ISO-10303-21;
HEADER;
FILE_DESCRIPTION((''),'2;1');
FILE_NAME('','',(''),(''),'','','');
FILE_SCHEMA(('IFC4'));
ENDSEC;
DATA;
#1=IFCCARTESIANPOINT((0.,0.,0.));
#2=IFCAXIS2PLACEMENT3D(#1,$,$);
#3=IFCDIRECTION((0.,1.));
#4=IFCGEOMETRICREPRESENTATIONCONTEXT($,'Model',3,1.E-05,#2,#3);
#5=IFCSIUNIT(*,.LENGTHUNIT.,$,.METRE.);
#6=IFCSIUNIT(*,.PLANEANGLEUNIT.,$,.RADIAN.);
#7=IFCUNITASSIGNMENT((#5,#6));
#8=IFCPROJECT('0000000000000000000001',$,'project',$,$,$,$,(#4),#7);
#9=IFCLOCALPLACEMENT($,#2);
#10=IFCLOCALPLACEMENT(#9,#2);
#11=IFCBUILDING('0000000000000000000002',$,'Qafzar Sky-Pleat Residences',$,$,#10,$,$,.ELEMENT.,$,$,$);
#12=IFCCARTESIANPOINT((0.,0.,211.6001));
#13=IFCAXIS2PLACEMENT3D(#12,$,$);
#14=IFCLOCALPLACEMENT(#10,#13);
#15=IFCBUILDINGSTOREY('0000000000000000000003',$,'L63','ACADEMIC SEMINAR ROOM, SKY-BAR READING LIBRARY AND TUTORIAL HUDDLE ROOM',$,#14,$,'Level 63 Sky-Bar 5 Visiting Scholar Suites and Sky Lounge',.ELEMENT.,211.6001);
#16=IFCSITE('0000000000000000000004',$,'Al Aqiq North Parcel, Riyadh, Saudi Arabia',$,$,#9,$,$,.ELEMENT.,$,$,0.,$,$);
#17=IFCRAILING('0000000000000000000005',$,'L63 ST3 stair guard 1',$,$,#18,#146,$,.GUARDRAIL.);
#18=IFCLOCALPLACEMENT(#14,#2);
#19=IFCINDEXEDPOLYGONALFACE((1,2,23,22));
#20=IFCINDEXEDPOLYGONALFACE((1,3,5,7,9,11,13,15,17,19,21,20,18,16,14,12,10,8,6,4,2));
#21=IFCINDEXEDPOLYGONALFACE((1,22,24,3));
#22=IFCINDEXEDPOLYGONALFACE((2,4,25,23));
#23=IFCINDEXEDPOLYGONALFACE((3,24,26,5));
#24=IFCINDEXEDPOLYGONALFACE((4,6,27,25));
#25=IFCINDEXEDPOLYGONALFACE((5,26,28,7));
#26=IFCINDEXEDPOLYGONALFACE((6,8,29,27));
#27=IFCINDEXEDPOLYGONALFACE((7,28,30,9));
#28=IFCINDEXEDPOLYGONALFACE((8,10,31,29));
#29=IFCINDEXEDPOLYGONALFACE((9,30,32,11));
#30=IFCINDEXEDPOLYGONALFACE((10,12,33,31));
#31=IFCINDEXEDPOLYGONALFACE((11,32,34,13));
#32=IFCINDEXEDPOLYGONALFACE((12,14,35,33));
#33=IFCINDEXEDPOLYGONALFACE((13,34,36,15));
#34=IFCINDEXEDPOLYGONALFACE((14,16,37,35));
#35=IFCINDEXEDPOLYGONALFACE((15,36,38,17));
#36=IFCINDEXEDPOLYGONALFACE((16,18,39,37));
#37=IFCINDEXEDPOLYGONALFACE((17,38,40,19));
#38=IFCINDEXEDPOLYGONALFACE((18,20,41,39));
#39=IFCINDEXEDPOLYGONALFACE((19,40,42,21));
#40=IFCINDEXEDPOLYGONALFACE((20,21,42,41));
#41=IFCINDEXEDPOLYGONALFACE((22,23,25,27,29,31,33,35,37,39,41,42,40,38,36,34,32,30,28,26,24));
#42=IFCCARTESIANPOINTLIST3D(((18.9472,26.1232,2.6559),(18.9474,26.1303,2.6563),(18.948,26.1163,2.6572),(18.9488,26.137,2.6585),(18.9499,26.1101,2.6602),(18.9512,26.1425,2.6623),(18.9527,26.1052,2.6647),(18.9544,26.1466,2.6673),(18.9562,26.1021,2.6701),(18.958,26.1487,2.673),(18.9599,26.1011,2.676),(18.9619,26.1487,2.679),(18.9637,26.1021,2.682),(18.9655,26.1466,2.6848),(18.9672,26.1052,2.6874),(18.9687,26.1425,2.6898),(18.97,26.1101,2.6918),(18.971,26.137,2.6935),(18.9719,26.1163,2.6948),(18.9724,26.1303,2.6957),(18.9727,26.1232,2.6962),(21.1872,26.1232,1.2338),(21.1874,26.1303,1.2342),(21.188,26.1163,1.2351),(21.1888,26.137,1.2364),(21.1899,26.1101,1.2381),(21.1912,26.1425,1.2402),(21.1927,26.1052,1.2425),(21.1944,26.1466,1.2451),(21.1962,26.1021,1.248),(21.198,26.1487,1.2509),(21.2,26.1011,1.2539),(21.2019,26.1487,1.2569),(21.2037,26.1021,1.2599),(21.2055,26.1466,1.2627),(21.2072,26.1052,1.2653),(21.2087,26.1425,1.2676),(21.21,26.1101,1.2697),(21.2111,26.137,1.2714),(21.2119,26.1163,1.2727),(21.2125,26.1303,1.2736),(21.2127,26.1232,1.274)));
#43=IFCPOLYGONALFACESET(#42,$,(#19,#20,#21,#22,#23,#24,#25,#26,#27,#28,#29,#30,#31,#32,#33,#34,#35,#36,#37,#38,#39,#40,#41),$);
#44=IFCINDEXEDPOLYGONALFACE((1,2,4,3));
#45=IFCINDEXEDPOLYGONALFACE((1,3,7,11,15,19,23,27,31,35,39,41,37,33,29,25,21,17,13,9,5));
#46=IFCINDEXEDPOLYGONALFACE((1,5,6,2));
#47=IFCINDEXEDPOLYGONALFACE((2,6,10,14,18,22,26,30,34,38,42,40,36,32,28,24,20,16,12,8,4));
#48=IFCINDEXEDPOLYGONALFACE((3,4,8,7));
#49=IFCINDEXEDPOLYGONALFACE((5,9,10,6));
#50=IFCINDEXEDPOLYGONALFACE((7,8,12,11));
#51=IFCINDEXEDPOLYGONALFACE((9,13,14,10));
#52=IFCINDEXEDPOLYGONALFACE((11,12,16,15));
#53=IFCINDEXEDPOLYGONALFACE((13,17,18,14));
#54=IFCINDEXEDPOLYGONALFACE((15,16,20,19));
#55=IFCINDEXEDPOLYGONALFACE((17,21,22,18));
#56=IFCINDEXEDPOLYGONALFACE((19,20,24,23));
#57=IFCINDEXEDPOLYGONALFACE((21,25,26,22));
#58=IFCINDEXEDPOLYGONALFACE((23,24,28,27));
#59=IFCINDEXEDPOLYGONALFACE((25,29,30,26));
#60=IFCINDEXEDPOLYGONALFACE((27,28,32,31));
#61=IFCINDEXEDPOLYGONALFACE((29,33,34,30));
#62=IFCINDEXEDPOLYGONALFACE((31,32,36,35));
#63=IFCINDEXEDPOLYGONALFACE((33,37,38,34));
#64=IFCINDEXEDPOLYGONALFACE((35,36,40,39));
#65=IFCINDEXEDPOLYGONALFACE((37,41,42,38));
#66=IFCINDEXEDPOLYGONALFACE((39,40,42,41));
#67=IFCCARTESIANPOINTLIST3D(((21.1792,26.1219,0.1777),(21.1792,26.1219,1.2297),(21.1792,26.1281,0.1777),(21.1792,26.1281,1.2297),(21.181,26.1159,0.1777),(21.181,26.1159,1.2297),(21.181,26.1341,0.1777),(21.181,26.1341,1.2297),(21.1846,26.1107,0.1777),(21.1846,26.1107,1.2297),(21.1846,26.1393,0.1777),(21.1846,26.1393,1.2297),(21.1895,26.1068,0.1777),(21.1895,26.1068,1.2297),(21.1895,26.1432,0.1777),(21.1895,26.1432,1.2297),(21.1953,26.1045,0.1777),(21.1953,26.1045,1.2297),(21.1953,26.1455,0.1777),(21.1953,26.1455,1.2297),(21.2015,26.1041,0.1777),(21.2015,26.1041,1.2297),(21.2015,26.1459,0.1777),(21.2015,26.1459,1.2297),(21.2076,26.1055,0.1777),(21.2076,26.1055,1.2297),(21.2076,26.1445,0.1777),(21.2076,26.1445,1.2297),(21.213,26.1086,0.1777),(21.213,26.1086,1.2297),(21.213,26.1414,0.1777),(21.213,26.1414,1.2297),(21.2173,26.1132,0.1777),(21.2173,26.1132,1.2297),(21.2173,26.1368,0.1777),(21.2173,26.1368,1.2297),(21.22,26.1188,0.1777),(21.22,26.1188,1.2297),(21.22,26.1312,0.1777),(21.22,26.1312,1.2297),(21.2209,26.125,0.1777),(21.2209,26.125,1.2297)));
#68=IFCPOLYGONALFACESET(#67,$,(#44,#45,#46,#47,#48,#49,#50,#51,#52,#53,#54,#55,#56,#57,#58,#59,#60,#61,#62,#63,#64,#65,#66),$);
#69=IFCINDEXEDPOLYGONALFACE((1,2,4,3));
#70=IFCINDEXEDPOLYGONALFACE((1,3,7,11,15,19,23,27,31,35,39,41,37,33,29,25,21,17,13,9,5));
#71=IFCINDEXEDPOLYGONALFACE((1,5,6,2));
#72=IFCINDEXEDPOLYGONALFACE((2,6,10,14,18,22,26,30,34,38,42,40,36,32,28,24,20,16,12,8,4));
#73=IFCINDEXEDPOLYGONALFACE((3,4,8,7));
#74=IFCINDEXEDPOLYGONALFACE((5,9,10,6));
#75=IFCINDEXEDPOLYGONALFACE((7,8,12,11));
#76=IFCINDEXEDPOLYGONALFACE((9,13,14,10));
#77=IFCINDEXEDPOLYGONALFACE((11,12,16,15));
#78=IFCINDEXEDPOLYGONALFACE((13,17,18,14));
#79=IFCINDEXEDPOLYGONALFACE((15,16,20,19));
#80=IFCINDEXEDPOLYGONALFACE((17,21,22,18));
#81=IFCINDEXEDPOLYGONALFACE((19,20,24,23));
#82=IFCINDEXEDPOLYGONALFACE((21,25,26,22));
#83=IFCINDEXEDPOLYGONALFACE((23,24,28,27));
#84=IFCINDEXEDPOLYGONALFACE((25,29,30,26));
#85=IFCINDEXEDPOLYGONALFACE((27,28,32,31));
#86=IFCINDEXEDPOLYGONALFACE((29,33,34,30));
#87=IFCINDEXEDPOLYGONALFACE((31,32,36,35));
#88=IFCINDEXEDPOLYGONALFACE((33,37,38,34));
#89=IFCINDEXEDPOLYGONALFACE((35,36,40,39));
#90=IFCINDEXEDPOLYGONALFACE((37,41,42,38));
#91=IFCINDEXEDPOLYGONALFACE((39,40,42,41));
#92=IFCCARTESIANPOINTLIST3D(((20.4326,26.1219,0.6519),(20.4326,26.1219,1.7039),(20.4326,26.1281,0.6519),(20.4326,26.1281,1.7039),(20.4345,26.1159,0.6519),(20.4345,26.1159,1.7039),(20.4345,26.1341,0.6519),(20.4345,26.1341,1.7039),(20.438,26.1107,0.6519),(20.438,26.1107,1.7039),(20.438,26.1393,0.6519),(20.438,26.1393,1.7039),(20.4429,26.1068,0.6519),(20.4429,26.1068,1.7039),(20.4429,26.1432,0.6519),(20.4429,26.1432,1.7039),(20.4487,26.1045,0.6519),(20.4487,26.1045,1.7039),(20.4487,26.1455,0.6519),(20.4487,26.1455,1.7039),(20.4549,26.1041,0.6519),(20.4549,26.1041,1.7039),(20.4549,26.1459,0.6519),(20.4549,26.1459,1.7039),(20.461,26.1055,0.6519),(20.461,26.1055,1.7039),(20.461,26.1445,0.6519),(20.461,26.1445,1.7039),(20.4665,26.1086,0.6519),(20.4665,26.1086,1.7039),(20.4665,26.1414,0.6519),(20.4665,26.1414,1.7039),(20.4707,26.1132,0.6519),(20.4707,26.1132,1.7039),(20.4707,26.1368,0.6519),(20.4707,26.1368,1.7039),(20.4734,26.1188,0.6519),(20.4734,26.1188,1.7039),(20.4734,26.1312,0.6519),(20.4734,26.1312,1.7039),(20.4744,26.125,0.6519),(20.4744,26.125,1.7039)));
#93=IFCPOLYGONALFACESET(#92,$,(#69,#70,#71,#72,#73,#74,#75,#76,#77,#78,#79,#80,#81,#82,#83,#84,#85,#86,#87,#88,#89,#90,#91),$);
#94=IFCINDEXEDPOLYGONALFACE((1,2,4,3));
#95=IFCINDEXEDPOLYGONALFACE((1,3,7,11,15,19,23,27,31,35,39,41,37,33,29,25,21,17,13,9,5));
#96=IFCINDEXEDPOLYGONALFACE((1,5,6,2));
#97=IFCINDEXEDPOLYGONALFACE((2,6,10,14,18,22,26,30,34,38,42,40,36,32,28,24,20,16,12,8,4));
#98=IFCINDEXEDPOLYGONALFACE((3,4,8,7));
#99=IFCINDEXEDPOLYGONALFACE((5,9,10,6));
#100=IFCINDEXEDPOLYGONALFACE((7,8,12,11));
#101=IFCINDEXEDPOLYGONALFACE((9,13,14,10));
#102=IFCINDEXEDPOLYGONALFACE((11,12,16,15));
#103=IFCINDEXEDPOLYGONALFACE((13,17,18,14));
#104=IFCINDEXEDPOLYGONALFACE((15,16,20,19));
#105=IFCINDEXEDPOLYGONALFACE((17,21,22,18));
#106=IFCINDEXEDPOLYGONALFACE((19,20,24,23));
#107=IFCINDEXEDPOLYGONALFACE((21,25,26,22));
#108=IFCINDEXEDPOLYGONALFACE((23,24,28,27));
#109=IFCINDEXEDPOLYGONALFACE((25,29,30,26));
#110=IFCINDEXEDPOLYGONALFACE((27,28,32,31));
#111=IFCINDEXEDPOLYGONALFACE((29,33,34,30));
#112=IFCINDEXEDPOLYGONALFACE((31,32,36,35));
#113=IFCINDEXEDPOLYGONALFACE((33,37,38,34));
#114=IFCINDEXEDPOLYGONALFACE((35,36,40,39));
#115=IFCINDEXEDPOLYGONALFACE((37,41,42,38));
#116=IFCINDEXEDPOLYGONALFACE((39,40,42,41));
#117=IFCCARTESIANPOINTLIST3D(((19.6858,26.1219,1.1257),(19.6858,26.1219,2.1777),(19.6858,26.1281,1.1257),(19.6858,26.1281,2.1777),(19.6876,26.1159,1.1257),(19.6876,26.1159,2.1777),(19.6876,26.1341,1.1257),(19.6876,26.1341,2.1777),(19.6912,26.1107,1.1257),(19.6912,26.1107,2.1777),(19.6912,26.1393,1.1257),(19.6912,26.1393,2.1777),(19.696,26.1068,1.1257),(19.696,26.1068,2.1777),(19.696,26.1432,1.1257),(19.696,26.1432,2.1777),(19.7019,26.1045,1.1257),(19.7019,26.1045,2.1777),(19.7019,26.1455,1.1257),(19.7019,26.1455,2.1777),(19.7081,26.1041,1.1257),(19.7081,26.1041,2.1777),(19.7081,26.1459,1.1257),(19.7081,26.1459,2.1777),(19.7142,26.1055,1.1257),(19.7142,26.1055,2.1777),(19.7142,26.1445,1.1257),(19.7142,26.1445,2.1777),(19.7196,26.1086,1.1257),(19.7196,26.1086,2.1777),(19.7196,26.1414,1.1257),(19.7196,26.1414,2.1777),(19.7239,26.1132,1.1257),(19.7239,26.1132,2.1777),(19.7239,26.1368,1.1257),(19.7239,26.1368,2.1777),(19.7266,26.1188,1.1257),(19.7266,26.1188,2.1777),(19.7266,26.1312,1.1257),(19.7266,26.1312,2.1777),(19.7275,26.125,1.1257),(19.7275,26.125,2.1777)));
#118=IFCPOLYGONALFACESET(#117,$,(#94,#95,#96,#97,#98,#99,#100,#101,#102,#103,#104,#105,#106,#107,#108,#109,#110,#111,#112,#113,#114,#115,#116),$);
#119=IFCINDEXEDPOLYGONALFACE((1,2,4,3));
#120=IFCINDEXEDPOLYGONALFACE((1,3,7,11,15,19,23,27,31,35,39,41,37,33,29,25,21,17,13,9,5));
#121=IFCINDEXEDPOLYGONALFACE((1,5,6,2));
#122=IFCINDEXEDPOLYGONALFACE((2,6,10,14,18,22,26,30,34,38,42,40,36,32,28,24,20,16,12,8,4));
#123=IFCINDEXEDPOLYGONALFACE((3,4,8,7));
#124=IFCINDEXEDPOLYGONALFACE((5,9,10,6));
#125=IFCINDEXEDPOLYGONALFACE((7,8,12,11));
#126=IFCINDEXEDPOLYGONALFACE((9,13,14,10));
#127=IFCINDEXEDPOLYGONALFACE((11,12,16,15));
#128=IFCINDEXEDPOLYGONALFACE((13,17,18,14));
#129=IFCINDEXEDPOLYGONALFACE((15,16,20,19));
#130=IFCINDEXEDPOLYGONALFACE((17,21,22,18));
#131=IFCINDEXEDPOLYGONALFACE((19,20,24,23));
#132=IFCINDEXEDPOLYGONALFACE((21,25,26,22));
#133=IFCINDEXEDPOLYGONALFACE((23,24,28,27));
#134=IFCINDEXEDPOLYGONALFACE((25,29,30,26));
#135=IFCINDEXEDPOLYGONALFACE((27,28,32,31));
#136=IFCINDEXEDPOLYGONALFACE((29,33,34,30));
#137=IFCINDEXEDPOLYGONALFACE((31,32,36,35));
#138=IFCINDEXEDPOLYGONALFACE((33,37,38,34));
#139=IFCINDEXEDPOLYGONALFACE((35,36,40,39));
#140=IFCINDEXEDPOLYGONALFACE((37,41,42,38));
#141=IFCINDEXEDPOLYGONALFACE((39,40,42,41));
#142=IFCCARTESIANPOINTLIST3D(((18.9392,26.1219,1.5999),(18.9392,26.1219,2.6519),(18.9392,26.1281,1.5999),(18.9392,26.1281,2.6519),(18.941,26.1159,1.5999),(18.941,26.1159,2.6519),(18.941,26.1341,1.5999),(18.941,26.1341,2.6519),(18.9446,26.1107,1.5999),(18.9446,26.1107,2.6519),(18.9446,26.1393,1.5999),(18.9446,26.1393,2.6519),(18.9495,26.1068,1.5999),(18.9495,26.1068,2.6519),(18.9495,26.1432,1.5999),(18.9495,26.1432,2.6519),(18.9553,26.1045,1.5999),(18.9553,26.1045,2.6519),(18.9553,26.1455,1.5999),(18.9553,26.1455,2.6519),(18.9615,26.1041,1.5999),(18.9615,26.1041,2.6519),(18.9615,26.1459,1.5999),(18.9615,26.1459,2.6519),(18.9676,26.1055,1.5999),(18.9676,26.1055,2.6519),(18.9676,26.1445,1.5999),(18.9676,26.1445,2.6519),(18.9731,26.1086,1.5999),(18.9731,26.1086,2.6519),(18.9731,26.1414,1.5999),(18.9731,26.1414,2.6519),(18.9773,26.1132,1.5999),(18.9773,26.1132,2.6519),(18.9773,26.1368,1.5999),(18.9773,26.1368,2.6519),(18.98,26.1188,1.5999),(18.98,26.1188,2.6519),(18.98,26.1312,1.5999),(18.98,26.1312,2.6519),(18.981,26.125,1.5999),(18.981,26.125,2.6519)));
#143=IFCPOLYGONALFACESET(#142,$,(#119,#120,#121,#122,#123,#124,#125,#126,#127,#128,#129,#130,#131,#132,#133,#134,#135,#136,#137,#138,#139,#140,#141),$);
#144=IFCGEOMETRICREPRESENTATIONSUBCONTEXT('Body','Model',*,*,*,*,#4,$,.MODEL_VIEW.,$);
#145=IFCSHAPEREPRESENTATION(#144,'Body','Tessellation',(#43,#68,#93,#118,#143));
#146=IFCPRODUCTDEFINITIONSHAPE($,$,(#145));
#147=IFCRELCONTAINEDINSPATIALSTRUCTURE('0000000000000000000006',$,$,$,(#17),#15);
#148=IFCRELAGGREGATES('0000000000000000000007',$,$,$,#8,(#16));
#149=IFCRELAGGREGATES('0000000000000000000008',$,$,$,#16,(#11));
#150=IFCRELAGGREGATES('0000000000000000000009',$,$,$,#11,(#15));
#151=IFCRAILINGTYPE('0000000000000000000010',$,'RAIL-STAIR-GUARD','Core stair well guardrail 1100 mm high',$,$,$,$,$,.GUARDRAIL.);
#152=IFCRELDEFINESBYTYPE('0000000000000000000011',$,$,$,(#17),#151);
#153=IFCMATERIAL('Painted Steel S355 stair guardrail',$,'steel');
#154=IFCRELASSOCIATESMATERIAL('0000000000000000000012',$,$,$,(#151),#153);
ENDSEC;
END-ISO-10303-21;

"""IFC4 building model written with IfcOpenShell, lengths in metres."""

from ifc_helpers import new_model, si_unit, direction, frame, origin, origin_2d, place, context, subcontext, project, spatial, circle, extrude, source, transform, mapped, material, type_object, element, save


model = new_model("IFC4")

# Units and contexts
model_context = context("Model", 3, precision=1e-05, world=origin(), true_north=direction((0.0, 1.0)))
body_context = subcontext(model_context, "Body", "Model", "MODEL_VIEW")
ifc_project = project(units=[si_unit("LENGTHUNIT", "METRE"), si_unit("PLANEANGLEUNIT", "RADIAN")], contexts=[model_context])

# Site, building, storey
site_placement = place(None, origin())
site = spatial("IfcSite", under=ifc_project, at=site_placement, Name="Al Aqiq North Parcel, Riyadh, Saudi Arabia", CompositionType="ELEMENT", RefElevation=0.0)
building_placement = place(site_placement, origin())
building = spatial("IfcBuilding", under=site, at=building_placement, Name="Qafzar Sky-Pleat Residences", CompositionType="ELEMENT")
storey_placement = place(building_placement, frame((0.0, 0.0, 211.6001)))
storey = spatial("IfcBuildingStorey", under=building, at=storey_placement, Name="L63", Description="ACADEMIC SEMINAR ROOM, SKY-BAR READING LIBRARY AND TUTORIAL HUDDLE ROOM", LongName="Level 63 Sky-Bar 5 Visiting Scholar Suites and Sky Lounge", CompositionType="ELEMENT", Elevation=211.6001)

# Railing
ifc_material_1 = material(Name="Painted Steel S355 stair guardrail", Category="steel")
railing_type_1 = type_object("IfcRailingType", Name="RAIL-STAIR-GUARD", Description="Core stair well guardrail 1100 mm high", PredefinedType="GUARDRAIL", material=ifc_material_1)
shared_shape_1 = source(origin(), body_context, "Body", "SweptSolid", [
    extrude(circle(Radius=0.0239, at=origin_2d()), frame((0.0, 0.0, 1.0762), z_axis=(-0.844229, 0.0, 0.535982), x_axis=(0.0, -1.0, 0.0)), (0.0, 0.0, 1.0), 2.6533),
    extrude(circle(Radius=0.021, at=origin_2d()), origin(), (0.0, 0.0, 1.0), 1.052),
    extrude(circle(Radius=0.021, at=origin_2d()), frame((-0.7466, 0.0, 0.4741)), (0.0, 0.0, 1.0), 1.052),
    extrude(circle(Radius=0.021, at=origin_2d()), frame((-1.4934, 0.0, 0.948)), (0.0, 0.0, 1.0), 1.052),
    extrude(circle(Radius=0.021, at=origin_2d()), frame((-2.24, 0.0, 1.4221)), (0.0, 0.0, 1.0), 1.052),
])
railing_1_placement = place(storey_placement, frame((21.2, 26.125, 0.1777)))
element("IfcRailing", 1, at=railing_1_placement, inside=storey, type_object=railing_type_1, Name="L63 ST3 stair guard 1", PredefinedType="GUARDRAIL", context=body_context, shape_type="MappedRepresentation", body=[
    mapped(shared_shape_1, transform((0.0, 0.0, 0.0), x_axis=(1.0, 0.0, 0.0), y_axis=(0.0, 1.0, 0.0), z_axis=(0.0, 0.0, 1.0), scale=1.0)),
])

save(model, "model.ifc")
